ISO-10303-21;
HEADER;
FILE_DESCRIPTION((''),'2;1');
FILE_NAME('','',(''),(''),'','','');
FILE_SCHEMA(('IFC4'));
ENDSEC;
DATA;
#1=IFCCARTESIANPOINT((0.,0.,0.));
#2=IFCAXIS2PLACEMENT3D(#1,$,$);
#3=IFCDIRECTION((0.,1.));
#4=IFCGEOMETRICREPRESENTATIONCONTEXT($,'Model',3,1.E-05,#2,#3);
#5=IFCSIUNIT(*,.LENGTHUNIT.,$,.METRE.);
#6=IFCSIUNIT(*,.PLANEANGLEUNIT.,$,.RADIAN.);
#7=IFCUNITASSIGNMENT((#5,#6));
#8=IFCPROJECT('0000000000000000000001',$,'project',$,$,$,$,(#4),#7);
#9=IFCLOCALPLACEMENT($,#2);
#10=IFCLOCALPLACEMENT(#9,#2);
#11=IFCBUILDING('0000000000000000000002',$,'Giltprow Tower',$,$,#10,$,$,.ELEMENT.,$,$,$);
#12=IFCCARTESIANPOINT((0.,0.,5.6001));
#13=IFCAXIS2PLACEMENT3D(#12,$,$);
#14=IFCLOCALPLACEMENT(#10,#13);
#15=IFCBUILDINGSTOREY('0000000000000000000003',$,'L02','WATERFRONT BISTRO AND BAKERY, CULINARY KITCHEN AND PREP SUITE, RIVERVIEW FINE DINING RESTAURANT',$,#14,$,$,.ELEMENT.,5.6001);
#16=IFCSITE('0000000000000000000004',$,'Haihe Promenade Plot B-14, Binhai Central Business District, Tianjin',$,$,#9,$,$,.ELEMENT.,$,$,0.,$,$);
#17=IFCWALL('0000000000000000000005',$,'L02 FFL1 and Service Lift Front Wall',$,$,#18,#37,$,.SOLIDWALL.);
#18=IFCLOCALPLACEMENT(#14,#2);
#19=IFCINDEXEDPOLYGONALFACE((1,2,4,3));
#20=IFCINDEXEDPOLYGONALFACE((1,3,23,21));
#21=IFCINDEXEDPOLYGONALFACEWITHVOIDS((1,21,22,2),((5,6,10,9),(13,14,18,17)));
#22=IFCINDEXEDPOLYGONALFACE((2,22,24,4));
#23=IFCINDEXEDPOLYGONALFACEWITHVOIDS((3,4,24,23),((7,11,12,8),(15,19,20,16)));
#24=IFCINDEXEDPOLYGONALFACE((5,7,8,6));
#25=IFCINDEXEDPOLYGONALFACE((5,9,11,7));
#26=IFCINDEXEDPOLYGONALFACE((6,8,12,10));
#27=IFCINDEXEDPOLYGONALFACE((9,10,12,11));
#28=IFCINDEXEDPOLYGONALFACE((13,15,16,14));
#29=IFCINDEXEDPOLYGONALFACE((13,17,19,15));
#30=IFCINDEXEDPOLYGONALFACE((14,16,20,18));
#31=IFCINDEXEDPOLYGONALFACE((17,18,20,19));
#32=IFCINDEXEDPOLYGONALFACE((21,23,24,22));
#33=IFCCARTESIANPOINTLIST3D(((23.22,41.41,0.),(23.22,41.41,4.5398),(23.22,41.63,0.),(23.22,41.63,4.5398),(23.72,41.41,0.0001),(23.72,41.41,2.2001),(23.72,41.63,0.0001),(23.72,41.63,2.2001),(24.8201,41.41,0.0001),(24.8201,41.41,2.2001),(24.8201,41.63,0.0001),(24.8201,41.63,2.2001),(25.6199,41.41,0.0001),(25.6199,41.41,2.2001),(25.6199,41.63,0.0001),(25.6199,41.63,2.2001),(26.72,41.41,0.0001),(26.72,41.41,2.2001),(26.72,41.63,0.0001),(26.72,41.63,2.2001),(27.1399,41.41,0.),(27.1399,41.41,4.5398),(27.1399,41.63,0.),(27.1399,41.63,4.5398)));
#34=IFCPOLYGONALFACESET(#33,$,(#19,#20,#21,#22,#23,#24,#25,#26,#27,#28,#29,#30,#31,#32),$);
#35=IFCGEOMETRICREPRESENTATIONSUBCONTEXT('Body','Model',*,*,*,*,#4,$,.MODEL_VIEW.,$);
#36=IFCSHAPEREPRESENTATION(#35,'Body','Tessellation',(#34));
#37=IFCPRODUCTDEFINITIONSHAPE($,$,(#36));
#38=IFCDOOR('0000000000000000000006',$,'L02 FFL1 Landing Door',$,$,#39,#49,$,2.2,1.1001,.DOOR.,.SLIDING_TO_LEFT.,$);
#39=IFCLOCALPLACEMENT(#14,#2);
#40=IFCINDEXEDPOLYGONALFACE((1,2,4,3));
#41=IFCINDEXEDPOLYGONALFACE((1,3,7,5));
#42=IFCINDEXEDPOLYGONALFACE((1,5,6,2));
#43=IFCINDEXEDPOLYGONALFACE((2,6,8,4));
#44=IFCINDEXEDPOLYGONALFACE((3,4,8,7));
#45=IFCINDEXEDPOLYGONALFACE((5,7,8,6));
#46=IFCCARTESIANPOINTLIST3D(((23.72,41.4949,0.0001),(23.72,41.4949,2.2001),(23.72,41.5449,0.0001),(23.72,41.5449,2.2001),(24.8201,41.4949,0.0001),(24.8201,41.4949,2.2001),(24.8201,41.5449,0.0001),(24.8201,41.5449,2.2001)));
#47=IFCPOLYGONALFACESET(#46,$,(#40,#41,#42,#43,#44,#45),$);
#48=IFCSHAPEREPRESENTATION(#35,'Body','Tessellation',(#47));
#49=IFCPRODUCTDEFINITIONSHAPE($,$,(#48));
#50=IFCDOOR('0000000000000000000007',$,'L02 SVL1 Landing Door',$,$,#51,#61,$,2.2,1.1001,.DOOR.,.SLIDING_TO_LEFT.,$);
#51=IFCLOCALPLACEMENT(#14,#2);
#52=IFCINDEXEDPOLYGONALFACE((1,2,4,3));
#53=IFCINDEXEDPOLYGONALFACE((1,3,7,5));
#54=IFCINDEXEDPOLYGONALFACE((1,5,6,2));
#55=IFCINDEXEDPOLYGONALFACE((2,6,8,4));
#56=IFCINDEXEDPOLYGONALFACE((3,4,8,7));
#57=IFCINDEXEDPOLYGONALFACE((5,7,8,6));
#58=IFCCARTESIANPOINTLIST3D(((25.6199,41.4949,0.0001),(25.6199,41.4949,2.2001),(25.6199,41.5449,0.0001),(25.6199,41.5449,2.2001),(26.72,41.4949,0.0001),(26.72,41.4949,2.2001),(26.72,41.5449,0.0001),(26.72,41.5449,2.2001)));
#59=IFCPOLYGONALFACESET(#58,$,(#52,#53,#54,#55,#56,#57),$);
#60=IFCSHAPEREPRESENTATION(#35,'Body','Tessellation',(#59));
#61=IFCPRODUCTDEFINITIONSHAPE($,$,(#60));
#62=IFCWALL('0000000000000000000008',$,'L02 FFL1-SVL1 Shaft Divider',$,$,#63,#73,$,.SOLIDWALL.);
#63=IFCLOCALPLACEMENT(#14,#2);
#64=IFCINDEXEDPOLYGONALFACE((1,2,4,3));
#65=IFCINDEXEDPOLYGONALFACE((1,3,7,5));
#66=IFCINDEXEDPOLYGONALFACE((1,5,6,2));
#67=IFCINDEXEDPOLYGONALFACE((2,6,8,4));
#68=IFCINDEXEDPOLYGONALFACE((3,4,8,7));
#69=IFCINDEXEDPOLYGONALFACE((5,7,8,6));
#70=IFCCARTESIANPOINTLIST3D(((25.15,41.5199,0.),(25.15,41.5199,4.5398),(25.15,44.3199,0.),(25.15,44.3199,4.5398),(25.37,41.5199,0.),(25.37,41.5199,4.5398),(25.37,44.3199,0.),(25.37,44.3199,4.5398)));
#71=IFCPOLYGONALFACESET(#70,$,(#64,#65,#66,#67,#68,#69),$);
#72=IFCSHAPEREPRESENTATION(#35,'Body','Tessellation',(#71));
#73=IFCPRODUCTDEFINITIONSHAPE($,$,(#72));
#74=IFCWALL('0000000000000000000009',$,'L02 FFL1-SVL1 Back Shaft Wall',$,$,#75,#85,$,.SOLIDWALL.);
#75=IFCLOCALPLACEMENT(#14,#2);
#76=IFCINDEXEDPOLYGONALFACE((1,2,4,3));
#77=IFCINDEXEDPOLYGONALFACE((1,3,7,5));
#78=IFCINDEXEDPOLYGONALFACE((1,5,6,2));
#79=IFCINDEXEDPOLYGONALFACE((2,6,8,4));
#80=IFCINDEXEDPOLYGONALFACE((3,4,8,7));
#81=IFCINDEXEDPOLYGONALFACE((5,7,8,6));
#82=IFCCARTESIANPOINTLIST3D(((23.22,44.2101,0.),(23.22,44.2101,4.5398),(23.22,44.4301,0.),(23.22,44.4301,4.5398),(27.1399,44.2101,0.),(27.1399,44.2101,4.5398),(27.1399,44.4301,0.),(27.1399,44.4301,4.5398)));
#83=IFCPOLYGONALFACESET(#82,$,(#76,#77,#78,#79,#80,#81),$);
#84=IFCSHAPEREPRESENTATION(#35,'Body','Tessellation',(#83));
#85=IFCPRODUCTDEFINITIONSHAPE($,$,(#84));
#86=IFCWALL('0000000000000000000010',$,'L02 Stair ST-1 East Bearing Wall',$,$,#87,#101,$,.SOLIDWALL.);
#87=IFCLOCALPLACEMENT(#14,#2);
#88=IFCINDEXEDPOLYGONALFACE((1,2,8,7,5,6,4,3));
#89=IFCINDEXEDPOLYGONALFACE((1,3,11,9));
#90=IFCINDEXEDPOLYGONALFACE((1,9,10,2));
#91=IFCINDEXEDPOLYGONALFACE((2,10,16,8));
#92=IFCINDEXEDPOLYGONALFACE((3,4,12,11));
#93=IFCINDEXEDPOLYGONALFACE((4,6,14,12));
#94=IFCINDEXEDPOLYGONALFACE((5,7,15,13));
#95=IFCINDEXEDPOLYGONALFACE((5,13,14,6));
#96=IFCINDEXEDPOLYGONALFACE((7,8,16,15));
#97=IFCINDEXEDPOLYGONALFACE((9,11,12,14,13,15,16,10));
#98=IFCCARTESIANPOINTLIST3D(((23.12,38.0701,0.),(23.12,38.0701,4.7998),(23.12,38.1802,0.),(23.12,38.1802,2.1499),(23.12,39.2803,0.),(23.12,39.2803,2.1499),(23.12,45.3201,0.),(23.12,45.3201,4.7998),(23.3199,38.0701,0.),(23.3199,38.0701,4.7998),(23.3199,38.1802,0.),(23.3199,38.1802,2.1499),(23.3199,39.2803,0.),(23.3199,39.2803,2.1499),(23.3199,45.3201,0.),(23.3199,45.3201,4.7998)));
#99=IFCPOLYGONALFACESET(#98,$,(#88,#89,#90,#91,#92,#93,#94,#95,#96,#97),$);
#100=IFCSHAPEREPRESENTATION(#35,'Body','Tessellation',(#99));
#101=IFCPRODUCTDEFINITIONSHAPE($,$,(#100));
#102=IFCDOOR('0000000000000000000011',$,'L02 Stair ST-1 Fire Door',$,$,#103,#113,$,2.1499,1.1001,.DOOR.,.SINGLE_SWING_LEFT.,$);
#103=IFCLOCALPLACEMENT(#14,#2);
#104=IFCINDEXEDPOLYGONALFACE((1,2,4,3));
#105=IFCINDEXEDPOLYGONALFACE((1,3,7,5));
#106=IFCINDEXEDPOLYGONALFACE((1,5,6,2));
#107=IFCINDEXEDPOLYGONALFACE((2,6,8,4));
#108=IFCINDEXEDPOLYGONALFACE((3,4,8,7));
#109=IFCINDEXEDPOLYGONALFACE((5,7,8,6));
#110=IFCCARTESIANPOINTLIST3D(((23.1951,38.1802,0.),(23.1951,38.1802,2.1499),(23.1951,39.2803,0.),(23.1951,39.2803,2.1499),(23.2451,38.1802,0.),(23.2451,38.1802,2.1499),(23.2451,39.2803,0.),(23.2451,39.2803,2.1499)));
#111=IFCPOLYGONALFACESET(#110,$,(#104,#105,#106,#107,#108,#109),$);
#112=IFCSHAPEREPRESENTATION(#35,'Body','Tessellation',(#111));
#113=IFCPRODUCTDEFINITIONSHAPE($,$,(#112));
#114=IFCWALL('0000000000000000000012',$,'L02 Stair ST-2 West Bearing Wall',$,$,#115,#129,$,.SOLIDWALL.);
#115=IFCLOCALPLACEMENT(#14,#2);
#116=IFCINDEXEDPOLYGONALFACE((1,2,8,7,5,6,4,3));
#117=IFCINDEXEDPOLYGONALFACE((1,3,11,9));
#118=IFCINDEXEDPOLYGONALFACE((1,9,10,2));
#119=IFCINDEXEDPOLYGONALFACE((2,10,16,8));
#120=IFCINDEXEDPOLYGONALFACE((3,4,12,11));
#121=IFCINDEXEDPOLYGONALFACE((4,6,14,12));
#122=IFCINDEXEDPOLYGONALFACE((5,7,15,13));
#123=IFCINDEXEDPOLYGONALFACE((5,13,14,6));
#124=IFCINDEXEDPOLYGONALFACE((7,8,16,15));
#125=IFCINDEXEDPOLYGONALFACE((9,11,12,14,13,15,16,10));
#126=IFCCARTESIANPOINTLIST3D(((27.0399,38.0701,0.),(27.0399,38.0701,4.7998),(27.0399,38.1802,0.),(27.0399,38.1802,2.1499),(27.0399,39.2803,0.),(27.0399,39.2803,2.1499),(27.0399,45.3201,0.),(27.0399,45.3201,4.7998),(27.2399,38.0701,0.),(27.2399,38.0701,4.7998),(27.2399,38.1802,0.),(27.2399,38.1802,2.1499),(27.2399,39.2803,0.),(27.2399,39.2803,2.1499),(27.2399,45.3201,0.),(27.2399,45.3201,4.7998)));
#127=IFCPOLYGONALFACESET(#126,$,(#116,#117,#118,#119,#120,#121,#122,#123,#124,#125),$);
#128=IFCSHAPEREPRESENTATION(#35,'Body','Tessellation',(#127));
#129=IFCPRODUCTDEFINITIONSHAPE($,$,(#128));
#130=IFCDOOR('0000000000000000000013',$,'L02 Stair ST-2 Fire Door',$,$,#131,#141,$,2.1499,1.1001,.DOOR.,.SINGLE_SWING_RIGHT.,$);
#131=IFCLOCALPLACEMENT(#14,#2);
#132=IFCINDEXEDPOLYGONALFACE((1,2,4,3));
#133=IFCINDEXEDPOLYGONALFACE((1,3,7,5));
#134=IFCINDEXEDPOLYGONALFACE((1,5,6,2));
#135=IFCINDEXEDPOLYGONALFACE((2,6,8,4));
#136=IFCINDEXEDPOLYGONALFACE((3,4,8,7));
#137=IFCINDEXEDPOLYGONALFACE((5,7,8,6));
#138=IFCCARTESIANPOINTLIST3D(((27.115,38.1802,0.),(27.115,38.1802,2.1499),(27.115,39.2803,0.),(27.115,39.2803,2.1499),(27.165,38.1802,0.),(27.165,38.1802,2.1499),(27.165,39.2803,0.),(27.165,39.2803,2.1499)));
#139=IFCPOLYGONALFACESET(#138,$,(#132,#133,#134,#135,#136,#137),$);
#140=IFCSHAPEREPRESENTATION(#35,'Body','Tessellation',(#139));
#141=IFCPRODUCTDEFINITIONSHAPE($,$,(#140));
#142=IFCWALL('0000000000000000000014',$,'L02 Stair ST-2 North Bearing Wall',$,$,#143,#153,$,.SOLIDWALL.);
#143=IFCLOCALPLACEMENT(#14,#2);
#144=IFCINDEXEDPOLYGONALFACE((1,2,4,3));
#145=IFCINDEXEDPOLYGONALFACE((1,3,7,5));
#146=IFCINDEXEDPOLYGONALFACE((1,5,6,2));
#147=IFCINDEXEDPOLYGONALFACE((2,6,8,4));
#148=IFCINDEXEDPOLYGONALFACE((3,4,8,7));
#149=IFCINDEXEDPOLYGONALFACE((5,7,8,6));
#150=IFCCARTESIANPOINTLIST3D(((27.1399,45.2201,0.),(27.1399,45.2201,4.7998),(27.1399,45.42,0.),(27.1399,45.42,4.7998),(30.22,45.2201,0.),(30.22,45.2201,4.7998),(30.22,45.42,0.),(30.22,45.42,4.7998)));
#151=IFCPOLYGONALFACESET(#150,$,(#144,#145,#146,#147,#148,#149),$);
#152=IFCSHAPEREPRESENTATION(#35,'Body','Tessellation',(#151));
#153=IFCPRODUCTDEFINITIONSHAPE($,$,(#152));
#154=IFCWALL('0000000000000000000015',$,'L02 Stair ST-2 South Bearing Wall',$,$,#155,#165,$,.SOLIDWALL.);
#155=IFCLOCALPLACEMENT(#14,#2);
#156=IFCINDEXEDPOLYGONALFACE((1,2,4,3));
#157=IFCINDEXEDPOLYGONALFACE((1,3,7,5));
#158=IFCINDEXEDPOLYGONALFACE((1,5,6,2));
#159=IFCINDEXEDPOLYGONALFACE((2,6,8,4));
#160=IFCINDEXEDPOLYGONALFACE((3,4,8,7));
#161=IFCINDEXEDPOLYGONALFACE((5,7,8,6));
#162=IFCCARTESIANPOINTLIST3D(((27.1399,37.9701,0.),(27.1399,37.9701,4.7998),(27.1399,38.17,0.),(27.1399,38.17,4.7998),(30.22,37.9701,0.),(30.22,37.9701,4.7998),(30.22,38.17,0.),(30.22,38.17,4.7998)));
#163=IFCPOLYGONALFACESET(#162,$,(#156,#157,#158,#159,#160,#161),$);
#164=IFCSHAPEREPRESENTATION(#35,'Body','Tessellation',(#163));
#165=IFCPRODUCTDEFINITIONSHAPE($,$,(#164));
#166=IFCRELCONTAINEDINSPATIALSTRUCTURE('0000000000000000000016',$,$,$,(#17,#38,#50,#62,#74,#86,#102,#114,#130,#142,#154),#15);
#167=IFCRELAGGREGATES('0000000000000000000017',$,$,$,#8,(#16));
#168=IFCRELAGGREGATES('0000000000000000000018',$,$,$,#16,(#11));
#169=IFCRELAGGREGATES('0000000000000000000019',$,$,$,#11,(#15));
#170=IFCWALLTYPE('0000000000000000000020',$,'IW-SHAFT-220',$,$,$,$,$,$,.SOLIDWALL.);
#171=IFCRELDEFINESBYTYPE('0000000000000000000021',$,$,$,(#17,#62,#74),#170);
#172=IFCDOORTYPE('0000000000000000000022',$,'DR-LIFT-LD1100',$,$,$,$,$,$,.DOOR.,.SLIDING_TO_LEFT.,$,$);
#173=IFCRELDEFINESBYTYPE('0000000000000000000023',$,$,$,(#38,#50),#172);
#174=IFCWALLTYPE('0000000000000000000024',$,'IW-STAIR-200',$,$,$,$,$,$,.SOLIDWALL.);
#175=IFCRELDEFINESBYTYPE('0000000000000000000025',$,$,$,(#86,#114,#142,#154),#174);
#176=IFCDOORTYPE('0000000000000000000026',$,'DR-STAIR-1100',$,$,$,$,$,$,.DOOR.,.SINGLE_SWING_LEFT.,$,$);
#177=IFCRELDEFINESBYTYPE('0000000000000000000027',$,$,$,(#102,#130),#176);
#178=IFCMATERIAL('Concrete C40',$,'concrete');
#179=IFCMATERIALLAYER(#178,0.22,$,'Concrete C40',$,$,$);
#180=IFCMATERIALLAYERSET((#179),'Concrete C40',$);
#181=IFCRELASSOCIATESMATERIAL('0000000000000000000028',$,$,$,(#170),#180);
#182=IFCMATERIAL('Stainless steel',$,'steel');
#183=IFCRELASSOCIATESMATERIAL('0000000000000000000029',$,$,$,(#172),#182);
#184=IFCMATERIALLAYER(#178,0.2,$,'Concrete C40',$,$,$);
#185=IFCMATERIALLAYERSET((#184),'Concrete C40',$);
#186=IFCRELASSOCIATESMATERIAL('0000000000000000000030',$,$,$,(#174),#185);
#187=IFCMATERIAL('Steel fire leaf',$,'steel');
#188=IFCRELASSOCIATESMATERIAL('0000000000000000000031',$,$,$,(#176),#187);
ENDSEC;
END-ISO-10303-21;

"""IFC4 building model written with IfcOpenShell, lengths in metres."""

from ifc_helpers import new_model, si_unit, direction, frame, frame_2d, origin, place, context, subcontext, project, spatial, rectangle, extrude, source, transform, mapped, material, layer, layer_set, type_object, element, fill, save


model = new_model("IFC4")

# Units and contexts
model_context = context("Model", 3, precision=1e-05, world=origin(), true_north=direction((0.0, 1.0)))
body_context = subcontext(model_context, "Body", "Model", "MODEL_VIEW")
ifc_project = project(units=[si_unit("LENGTHUNIT", "METRE"), si_unit("PLANEANGLEUNIT", "RADIAN")], contexts=[model_context])

# Site, building, storey
site_placement = place(None, origin())
site = spatial("IfcSite", under=ifc_project, at=site_placement, Name="Haihe Promenade Plot B-14, Binhai Central Business District, Tianjin", CompositionType="ELEMENT", RefElevation=0.0)
building_placement = place(site_placement, origin())
building = spatial("IfcBuilding", under=site, at=building_placement, Name="Giltprow Tower", CompositionType="ELEMENT")
storey_placement = place(building_placement, frame((0.0, 0.0, 5.6001)))
storey = spatial("IfcBuildingStorey", under=building, at=storey_placement, Name="L02", Description="WATERFRONT BISTRO AND BAKERY, CULINARY KITCHEN AND PREP SUITE, RIVERVIEW FINE DINING RESTAURANT", CompositionType="ELEMENT", Elevation=5.6001)

# Wall, openings, doors
ifc_material_1 = material(Name="Concrete C40", Category="concrete")
ifc_layer_1 = layer(ifc_material_1, 0.22, Name="Concrete C40")
ifc_layer_set_1 = layer_set([ifc_layer_1], Name="Concrete C40")
wall_type_1 = type_object("IfcWallType", Name="IW-SHAFT-220", PredefinedType="SOLIDWALL", material=ifc_layer_set_1)
wall_1_placement = place(storey_placement, frame((23.22, 41.52, 0.0), z_axis=(0.0, 0.0, 1.0), x_axis=(1.0, 0.0, 0.0)))
wall_1 = element("IfcWall", 1, at=wall_1_placement, inside=storey, type_object=wall_type_1, Name="L02 FFL1 and Service Lift Front Wall", PredefinedType="SOLIDWALL", context=body_context, shape_type="SweptSolid", body=[
    extrude(rectangle(XDim=3.9199, YDim=0.22, at=frame_2d((1.96, 0.0))), origin(), (0.0, 0.0, 1.0), 4.5398),
])
opening_1_placement = place(wall_1_placement, frame((0.5, 0.0, 0.0)))
opening_1 = element("IfcOpeningElement", 2, at=opening_1_placement, cuts=wall_1, PredefinedType="OPENING", context=body_context, shape_type="SweptSolid", body=[
    extrude(rectangle(XDim=1.1001, YDim=2.2, at=frame_2d((0.55, 1.1001))), frame((0.0, 0.1199, 0.0), z_axis=(0.0, -1.0, 0.0), x_axis=(1.0, 0.0, 0.0)), (0.0, 0.0, 1.0), 0.24),
])
opening_2_placement = place(wall_1_placement, frame((2.3999, 0.0, 0.0)))
opening_2 = element("IfcOpeningElement", 3, at=opening_2_placement, cuts=wall_1, PredefinedType="OPENING", context=body_context, shape_type="SweptSolid", body=[
    extrude(rectangle(XDim=1.1001, YDim=2.2, at=frame_2d((0.55, 1.1001))), frame((0.0, 0.1199, 0.0), z_axis=(0.0, -1.0, 0.0), x_axis=(1.0, 0.0, 0.0)), (0.0, 0.0, 1.0), 0.24),
])
ifc_material_2 = material(Name="Stainless steel", Category="steel")
door_type_1 = type_object("IfcDoorType", Name="DR-LIFT-LD1100", OperationType="SLIDING_TO_LEFT", PredefinedType="DOOR", material=ifc_material_2)
shared_shape_1 = source(origin(), body_context, "Body", "SweptSolid", [
    extrude(rectangle(XDim=1.1001, YDim=2.2, at=frame_2d((0.55, 1.1001))), frame((0.0, 0.0249, 0.0), z_axis=(0.0, -1.0, 0.0), x_axis=(1.0, 0.0, 0.0)), (0.0, 0.0, 1.0), 0.05),
])
door_1_placement = place(opening_1_placement, origin())
door_1 = element("IfcDoor", 4, at=door_1_placement, inside=storey, type_object=door_type_1, Name="L02 FFL1 Landing Door", OperationType="SLIDING_TO_LEFT", OverallHeight=2.2, OverallWidth=1.1001, PredefinedType="DOOR", context=body_context, shape_type="MappedRepresentation", body=[
    mapped(shared_shape_1, transform((0.0, 0.0, 0.0), x_axis=(1.0, 0.0, 0.0), y_axis=(0.0, 1.0, 0.0), z_axis=(0.0, 0.0, 1.0), scale=1.0)),
])
fill(opening_1, door_1)
door_2_placement = place(opening_2_placement, origin())
door_2 = element("IfcDoor", 5, at=door_2_placement, inside=storey, type_object=door_type_1, Name="L02 SVL1 Landing Door", OperationType="SLIDING_TO_LEFT", OverallHeight=2.2, OverallWidth=1.1001, PredefinedType="DOOR", context=body_context, shape_type="MappedRepresentation", body=[
    mapped(shared_shape_1, transform((0.0, 0.0, 0.0), x_axis=(1.0, 0.0, 0.0), y_axis=(0.0, 1.0, 0.0), z_axis=(0.0, 0.0, 1.0), scale=1.0)),
])
fill(opening_2, door_2)

# Walls
wall_2_placement = place(storey_placement, frame((25.26, 41.52, 0.0), z_axis=(0.0, 0.0, 1.0), x_axis=(0.0, 1.0, 0.0)))
element("IfcWall", 6, at=wall_2_placement, inside=storey, type_object=wall_type_1, Name="L02 FFL1-SVL1 Shaft Divider", PredefinedType="SOLIDWALL", context=body_context, shape_type="SweptSolid", body=[
    extrude(rectangle(XDim=2.8, YDim=0.22, at=frame_2d((1.3999, 0.0))), origin(), (0.0, 0.0, 1.0), 4.5398),
])
wall_3_placement = place(storey_placement, frame((23.22, 44.3201, 0.0), z_axis=(0.0, 0.0, 1.0), x_axis=(1.0, 0.0, 0.0)))
element("IfcWall", 7, at=wall_3_placement, inside=storey, type_object=wall_type_1, Name="L02 FFL1-SVL1 Back Shaft Wall", PredefinedType="SOLIDWALL", context=body_context, shape_type="SweptSolid", body=[
    extrude(rectangle(XDim=3.9199, YDim=0.22, at=frame_2d((1.96, 0.0))), origin(), (0.0, 0.0, 1.0), 4.5398),
])

# Walls, openings, doors
ifc_layer_2 = layer(ifc_material_1, 0.2, Name="Concrete C40")
ifc_layer_set_2 = layer_set([ifc_layer_2], Name="Concrete C40")
wall_type_2 = type_object("IfcWallType", Name="IW-STAIR-200", PredefinedType="SOLIDWALL", material=ifc_layer_set_2)
wall_4_placement = place(storey_placement, frame((23.22, 38.0701, 0.0), z_axis=(0.0, 0.0, 1.0), x_axis=(0.0, 1.0, 0.0)))
wall_4 = element("IfcWall", 8, at=wall_4_placement, inside=storey, type_object=wall_type_2, Name="L02 Stair ST-1 East Bearing Wall", PredefinedType="SOLIDWALL", context=body_context, shape_type="SweptSolid", body=[
    extrude(rectangle(XDim=7.25, YDim=0.2, at=frame_2d((3.625, 0.0))), origin(), (0.0, 0.0, 1.0), 4.7998),
])
opening_3_placement = place(wall_4_placement, frame((0.1101, 0.0, 0.0)))
opening_3 = element("IfcOpeningElement", 9, at=opening_3_placement, cuts=wall_4, PredefinedType="OPENING", context=body_context, shape_type="SweptSolid", body=[
    extrude(rectangle(XDim=1.1001, YDim=2.1499, at=frame_2d((0.55, 1.075))), frame((0.0, 0.1099, 0.0), z_axis=(0.0, -1.0, 0.0), x_axis=(1.0, 0.0, 0.0)), (0.0, 0.0, 1.0), 0.22),
])
ifc_material_3 = material(Name="Steel fire leaf", Category="steel")
door_type_2 = type_object("IfcDoorType", Name="DR-STAIR-1100", OperationType="SINGLE_SWING_LEFT", PredefinedType="DOOR", material=ifc_material_3)
shared_shape_2 = source(origin(), body_context, "Body", "SweptSolid", [
    extrude(rectangle(XDim=1.1001, YDim=2.1499, at=frame_2d((0.55, 1.075))), frame((0.0, 0.0249, 0.0), z_axis=(0.0, -1.0, 0.0), x_axis=(1.0, 0.0, 0.0)), (0.0, 0.0, 1.0), 0.05),
])
door_3_placement = place(opening_3_placement, origin())
door_3 = element("IfcDoor", 10, at=door_3_placement, inside=storey, type_object=door_type_2, Name="L02 Stair ST-1 Fire Door", OperationType="SINGLE_SWING_LEFT", OverallHeight=2.1499, OverallWidth=1.1001, PredefinedType="DOOR", context=body_context, shape_type="MappedRepresentation", body=[
    mapped(shared_shape_2, transform((0.0, 0.0, 0.0), x_axis=(1.0, 0.0, 0.0), y_axis=(0.0, 1.0, 0.0), z_axis=(0.0, 0.0, 1.0), scale=1.0)),
])
fill(opening_3, door_3)
wall_5_placement = place(storey_placement, frame((27.1399, 38.0701, 0.0), z_axis=(0.0, 0.0, 1.0), x_axis=(0.0, 1.0, 0.0)))
wall_5 = element("IfcWall", 11, at=wall_5_placement, inside=storey, type_object=wall_type_2, Name="L02 Stair ST-2 West Bearing Wall", PredefinedType="SOLIDWALL", context=body_context, shape_type="SweptSolid", body=[
    extrude(rectangle(XDim=7.25, YDim=0.2, at=frame_2d((3.625, 0.0))), origin(), (0.0, 0.0, 1.0), 4.7998),
])
opening_4_placement = place(wall_5_placement, frame((0.1101, 0.0, 0.0)))
opening_4 = element("IfcOpeningElement", 12, at=opening_4_placement, cuts=wall_5, PredefinedType="OPENING", context=body_context, shape_type="SweptSolid", body=[
    extrude(rectangle(XDim=1.1001, YDim=2.1499, at=frame_2d((0.55, 1.075))), frame((0.0, 0.1099, 0.0), z_axis=(0.0, -1.0, 0.0), x_axis=(1.0, 0.0, 0.0)), (0.0, 0.0, 1.0), 0.22),
])
door_4_placement = place(opening_4_placement, origin())
door_4 = element("IfcDoor", 13, at=door_4_placement, inside=storey, type_object=door_type_2, Name="L02 Stair ST-2 Fire Door", OperationType="SINGLE_SWING_RIGHT", OverallHeight=2.1499, OverallWidth=1.1001, PredefinedType="DOOR", context=body_context, shape_type="MappedRepresentation", body=[
    mapped(shared_shape_2, transform((0.0, 0.0, 0.0), x_axis=(1.0, 0.0, 0.0), y_axis=(0.0, 1.0, 0.0), z_axis=(0.0, 0.0, 1.0), scale=1.0)),
])
fill(opening_4, door_4)

# Walls
for number, where, z_axis, x_axis, name in (
    (14, (27.1399, 45.3201, 0.0), (0.0, 0.0, 1.0), (1.0, 0.0, 0.0), "L02 Stair ST-2 North Bearing Wall"),
    (15, (27.1399, 38.0701, 0.0), (0.0, 0.0, 1.0), (1.0, 0.0, 0.0), "L02 Stair ST-2 South Bearing Wall"),
):
    element("IfcWall", number, at=place(storey_placement, frame(where, z_axis=z_axis, x_axis=x_axis)), inside=storey, type_object=wall_type_2, Name=name, PredefinedType="SOLIDWALL", context=body_context, shape_type="SweptSolid", body=[
        extrude(rectangle(XDim=3.0801, YDim=0.2, at=frame_2d((1.54, 0.0))), origin(), (0.0, 0.0, 1.0), 4.7998),
    ])

save(model, "model.ifc")
